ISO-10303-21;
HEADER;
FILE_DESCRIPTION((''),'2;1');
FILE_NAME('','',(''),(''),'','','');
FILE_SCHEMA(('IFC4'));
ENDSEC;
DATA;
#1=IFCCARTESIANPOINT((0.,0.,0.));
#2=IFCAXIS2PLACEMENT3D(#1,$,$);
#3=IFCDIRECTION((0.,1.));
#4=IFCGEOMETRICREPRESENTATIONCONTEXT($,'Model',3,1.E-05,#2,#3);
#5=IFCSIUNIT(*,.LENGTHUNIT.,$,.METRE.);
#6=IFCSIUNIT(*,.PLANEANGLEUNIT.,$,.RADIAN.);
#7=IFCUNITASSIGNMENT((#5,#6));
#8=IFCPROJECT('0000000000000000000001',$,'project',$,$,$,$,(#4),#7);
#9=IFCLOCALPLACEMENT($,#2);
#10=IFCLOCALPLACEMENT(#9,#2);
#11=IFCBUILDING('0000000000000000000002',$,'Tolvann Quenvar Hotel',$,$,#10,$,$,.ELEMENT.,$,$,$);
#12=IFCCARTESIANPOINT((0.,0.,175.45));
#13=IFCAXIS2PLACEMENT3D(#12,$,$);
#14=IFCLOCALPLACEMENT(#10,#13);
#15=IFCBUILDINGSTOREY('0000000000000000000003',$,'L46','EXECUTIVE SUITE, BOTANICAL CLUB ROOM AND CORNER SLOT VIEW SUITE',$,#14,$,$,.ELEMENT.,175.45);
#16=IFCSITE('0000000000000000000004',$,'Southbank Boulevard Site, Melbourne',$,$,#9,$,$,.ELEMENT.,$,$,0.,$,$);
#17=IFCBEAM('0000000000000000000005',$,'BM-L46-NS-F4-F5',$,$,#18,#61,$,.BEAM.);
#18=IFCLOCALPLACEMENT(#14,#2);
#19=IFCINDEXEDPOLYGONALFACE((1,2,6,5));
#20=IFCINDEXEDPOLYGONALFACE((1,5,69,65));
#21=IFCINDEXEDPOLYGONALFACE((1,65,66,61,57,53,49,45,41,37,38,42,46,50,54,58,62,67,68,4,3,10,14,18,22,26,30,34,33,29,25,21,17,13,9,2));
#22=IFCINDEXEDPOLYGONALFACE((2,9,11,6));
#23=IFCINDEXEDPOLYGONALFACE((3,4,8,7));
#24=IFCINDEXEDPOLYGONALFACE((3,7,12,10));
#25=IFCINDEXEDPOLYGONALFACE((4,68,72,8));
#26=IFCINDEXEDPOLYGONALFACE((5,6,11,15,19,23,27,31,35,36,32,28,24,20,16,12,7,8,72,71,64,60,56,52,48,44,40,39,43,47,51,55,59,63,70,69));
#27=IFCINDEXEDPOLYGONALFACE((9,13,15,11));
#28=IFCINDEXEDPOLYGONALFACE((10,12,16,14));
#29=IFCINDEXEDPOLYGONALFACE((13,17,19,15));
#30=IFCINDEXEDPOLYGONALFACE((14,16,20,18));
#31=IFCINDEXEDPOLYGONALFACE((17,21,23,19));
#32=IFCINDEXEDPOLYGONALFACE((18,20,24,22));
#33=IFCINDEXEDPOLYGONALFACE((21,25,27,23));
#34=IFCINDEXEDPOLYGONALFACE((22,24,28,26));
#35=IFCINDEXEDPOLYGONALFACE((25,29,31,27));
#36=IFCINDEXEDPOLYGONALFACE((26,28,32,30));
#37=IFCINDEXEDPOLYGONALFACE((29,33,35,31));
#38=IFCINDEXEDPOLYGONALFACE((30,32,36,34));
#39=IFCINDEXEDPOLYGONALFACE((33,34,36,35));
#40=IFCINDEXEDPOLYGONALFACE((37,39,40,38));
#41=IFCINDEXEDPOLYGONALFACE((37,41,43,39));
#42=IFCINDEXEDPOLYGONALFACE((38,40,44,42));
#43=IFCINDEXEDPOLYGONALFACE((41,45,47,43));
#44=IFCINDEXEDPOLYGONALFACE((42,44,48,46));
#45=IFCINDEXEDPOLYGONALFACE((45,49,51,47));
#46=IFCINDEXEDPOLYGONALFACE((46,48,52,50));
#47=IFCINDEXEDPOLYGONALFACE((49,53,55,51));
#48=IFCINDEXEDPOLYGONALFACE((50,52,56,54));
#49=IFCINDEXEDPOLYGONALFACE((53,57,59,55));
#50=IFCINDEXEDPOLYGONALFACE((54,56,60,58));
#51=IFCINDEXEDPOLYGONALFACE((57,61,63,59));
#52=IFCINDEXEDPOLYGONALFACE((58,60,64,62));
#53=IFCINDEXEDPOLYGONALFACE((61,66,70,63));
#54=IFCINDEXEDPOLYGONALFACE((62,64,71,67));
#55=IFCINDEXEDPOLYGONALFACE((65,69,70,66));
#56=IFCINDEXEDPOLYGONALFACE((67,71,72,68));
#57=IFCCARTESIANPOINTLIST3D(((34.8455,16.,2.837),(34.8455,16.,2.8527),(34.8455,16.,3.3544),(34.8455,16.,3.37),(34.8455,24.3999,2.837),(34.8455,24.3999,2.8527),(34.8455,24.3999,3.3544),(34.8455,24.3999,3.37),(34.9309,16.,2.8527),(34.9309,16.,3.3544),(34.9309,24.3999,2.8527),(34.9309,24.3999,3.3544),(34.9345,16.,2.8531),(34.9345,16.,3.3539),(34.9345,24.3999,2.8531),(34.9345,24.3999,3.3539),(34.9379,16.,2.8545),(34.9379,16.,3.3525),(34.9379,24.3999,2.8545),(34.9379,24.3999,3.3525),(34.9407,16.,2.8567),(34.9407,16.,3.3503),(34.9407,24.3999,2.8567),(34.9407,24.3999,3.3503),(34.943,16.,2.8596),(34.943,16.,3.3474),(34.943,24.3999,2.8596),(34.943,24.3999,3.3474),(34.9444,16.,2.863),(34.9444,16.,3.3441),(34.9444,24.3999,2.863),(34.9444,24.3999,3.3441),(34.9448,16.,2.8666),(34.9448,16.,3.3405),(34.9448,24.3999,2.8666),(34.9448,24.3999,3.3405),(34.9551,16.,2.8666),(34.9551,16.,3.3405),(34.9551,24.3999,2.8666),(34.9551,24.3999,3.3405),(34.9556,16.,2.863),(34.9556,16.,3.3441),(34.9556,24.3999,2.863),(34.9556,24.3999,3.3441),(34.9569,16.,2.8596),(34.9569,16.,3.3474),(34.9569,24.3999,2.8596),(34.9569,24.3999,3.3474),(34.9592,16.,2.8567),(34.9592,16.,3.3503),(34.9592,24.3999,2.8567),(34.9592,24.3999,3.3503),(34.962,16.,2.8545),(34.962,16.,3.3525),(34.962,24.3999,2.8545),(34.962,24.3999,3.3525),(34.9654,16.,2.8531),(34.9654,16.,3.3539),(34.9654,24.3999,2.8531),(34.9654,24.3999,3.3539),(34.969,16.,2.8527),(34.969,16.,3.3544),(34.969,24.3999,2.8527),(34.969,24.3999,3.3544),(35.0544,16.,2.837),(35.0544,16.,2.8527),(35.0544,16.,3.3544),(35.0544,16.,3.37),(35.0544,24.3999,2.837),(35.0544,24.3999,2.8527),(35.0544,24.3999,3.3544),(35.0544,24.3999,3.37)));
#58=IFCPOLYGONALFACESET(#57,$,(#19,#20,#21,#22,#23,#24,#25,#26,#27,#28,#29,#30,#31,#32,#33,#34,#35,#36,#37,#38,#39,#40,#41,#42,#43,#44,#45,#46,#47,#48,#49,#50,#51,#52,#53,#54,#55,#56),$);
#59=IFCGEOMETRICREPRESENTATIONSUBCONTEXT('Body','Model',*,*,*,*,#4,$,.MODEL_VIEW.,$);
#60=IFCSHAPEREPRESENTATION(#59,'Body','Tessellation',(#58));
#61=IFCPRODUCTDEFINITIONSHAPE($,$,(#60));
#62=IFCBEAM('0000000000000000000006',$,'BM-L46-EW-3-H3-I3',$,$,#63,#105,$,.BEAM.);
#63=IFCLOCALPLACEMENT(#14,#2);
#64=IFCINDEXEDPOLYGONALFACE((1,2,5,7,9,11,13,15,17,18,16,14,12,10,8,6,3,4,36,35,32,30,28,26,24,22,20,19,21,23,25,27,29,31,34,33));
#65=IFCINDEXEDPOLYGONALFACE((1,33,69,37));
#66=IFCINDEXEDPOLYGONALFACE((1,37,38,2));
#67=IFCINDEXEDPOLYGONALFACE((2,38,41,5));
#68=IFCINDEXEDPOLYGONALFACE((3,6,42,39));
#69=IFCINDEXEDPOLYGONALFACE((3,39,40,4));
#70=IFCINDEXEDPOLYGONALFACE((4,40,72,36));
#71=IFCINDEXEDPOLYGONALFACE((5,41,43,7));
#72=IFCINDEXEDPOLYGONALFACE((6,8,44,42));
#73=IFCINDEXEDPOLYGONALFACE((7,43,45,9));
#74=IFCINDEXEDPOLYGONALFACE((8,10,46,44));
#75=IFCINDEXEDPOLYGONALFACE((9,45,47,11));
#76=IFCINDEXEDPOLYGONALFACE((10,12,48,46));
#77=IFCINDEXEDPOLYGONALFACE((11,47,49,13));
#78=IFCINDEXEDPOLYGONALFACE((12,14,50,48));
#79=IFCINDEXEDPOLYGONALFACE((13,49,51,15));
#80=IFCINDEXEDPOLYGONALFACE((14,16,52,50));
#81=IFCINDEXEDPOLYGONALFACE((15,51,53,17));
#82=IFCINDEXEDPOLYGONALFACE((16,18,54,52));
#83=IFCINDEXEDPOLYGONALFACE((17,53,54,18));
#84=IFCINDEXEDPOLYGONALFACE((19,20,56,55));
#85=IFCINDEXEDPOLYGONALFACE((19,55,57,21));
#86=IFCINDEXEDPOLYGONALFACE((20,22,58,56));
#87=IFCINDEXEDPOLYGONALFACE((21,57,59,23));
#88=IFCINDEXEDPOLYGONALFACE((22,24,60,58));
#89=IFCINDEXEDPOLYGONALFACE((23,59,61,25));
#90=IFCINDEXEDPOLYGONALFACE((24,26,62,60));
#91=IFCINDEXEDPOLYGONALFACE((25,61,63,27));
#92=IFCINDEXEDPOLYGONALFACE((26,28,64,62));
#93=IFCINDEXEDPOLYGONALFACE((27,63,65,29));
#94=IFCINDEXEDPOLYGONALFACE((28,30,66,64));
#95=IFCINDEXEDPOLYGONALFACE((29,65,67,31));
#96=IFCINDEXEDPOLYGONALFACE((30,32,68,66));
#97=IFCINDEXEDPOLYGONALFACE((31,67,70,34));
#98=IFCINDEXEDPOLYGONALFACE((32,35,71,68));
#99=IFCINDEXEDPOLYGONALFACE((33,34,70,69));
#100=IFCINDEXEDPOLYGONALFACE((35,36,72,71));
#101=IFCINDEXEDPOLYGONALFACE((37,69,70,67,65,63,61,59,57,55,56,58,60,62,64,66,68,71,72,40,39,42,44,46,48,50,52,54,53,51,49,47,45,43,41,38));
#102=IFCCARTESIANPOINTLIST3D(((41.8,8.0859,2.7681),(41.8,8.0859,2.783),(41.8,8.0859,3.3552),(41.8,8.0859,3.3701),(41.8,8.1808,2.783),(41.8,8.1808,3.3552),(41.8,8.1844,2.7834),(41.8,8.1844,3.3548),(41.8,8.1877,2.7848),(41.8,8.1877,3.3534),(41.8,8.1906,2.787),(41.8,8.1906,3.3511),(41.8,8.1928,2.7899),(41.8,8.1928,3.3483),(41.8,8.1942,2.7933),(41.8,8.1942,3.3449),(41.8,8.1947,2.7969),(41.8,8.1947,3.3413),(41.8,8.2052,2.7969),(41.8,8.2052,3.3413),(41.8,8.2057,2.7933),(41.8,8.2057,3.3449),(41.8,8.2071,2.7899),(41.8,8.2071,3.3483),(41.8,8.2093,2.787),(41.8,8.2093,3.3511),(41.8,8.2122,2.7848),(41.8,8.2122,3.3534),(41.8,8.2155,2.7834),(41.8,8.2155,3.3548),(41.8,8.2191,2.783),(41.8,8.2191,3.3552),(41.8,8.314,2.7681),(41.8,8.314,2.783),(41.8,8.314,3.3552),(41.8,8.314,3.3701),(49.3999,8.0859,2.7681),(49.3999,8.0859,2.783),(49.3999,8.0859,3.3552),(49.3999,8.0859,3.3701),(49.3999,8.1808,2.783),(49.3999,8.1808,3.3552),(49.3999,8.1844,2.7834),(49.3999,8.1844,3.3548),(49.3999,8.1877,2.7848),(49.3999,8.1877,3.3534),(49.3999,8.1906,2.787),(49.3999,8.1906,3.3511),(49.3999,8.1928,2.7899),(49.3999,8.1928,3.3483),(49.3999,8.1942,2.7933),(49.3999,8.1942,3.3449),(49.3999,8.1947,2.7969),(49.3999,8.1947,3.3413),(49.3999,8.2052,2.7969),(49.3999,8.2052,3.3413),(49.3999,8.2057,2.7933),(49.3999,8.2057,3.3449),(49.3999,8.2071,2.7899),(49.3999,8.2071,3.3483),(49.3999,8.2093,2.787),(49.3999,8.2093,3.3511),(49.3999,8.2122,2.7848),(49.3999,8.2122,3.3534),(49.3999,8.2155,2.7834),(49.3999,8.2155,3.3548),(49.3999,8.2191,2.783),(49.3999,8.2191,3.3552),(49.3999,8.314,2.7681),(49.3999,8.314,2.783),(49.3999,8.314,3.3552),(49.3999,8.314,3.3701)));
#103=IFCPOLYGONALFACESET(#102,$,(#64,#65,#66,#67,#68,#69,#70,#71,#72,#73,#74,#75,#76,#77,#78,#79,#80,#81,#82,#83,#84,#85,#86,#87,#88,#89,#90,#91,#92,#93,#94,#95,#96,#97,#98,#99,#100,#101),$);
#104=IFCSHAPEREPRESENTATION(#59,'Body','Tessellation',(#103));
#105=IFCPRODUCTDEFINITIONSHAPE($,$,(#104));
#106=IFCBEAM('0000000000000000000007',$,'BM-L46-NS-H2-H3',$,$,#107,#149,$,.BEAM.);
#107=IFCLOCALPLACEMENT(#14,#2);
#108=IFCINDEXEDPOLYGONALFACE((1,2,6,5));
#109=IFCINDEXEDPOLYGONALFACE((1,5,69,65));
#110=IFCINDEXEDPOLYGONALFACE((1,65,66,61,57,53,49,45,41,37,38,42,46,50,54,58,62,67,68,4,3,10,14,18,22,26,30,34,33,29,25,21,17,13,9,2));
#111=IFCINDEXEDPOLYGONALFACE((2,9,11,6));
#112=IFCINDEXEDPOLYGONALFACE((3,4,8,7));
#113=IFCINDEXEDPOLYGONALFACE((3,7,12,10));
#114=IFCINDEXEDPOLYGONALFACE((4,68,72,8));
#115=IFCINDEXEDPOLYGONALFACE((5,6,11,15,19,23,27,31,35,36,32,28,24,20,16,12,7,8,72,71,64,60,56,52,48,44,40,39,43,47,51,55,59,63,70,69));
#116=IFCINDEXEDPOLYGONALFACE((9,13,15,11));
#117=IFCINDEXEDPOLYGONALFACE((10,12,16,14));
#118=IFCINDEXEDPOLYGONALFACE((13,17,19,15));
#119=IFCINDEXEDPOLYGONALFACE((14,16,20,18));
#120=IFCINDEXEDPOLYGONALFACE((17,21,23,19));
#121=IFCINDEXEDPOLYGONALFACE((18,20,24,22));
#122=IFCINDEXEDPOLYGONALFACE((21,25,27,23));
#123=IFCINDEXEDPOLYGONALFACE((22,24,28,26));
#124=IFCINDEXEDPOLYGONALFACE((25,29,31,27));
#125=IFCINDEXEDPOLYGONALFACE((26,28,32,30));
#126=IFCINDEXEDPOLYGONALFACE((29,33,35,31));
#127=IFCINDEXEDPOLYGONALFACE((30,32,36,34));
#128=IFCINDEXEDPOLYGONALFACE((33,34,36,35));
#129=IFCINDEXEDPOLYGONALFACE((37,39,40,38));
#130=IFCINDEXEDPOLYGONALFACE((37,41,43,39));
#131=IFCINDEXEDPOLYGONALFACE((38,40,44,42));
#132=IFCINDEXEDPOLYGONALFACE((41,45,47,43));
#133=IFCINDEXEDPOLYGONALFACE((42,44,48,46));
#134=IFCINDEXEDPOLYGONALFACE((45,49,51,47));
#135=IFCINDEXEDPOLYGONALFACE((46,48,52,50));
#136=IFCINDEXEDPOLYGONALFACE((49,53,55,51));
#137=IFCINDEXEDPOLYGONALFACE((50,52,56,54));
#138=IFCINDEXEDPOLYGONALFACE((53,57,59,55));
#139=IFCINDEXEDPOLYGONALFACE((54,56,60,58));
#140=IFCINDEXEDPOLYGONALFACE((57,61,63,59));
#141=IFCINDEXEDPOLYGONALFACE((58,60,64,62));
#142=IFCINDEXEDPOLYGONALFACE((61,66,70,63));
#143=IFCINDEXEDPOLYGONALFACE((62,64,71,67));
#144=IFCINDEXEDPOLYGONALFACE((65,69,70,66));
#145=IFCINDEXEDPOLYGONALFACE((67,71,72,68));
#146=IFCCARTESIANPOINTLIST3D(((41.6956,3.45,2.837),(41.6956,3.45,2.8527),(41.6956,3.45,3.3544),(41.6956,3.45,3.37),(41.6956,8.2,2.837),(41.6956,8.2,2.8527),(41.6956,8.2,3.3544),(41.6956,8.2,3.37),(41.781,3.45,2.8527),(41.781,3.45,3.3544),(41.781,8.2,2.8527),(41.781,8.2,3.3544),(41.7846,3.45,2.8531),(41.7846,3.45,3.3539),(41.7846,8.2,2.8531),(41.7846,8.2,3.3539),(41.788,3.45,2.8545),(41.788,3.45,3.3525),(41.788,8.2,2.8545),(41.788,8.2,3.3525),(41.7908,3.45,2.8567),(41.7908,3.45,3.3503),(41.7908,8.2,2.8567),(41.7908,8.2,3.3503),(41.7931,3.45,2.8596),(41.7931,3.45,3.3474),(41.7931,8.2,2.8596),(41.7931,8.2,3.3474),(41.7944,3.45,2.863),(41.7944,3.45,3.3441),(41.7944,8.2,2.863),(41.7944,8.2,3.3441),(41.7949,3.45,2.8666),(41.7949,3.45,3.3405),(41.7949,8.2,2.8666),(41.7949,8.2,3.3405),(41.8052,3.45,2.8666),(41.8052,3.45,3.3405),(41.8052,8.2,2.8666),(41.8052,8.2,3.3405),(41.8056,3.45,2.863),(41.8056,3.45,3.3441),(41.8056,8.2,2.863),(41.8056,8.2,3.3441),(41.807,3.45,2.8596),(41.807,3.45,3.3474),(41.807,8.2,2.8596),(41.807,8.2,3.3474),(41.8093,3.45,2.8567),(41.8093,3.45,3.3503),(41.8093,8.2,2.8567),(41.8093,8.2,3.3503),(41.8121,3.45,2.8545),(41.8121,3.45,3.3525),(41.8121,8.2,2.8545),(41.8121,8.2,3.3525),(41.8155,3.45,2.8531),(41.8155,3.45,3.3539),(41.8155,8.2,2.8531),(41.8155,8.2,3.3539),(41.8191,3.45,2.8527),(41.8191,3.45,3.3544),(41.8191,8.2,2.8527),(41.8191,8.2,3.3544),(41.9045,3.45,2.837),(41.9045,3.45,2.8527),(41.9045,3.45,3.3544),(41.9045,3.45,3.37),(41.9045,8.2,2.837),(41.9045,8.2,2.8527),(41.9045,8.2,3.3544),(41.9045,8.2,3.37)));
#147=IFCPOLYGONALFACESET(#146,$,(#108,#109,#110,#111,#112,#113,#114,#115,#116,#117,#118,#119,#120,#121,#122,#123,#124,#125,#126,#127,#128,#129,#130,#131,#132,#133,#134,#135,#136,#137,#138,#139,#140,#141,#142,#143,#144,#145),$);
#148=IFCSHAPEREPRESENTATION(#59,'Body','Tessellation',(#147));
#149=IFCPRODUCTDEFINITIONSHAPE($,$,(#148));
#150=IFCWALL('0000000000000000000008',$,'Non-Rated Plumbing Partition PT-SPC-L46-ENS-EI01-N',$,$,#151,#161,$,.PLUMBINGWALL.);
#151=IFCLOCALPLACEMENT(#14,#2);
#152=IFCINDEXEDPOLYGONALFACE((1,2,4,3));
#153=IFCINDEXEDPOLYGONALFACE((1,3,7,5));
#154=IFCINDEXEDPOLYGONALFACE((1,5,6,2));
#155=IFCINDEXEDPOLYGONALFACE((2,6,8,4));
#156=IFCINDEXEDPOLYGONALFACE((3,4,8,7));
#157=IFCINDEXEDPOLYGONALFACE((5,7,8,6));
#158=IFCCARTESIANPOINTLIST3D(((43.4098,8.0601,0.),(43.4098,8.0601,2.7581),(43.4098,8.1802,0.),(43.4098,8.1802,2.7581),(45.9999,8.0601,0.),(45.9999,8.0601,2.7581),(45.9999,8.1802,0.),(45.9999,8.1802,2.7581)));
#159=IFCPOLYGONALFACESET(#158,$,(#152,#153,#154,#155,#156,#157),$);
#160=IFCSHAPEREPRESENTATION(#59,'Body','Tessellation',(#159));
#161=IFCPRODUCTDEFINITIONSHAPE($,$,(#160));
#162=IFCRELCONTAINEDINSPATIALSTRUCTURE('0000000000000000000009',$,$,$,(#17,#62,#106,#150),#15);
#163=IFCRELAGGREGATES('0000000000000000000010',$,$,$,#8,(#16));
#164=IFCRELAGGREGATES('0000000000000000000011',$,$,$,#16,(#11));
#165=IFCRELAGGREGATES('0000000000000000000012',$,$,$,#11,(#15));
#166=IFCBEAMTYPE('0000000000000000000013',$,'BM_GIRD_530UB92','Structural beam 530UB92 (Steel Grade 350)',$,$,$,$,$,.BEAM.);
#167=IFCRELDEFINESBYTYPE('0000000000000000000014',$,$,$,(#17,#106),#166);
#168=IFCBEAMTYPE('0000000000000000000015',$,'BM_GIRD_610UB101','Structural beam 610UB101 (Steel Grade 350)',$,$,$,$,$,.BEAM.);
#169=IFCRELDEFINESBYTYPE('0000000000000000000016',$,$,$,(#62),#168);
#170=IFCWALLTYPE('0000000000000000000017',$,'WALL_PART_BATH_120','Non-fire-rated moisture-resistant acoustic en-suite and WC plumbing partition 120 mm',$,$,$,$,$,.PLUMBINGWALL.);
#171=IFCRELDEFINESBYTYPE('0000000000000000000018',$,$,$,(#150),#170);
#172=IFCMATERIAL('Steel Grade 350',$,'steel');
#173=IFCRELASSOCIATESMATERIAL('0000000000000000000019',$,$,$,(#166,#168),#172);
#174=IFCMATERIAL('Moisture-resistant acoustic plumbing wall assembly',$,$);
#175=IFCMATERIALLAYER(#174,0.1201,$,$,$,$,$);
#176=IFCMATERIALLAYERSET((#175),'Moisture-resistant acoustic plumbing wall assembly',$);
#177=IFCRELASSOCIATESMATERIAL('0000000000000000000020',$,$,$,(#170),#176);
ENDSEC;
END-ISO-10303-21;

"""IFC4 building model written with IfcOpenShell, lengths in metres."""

from ifc_helpers import new_model, si_unit, direction, frame, frame_2d, origin, origin_2d, place, context, subcontext, project, spatial, rectangle, i_section, extrude, source, transform, mapped, material, layer, layer_set, material_profile, profile_set, type_object, type_shapes, element, save


model = new_model("IFC4")

# Units and contexts
model_context = context("Model", 3, precision=1e-05, world=origin(), true_north=direction((0.0, 1.0)))
body_context = subcontext(model_context, "Body", "Model", "MODEL_VIEW")
ifc_project = project(units=[si_unit("LENGTHUNIT", "METRE"), si_unit("PLANEANGLEUNIT", "RADIAN")], contexts=[model_context])

# Site, building, storey
site_placement = place(None, origin())
site = spatial("IfcSite", under=ifc_project, at=site_placement, Name="Southbank Boulevard Site, Melbourne", CompositionType="ELEMENT", RefElevation=0.0)
building_placement = place(site_placement, origin())
building = spatial("IfcBuilding", under=site, at=building_placement, Name="Tolvann Quenvar Hotel", CompositionType="ELEMENT")
storey_placement = place(building_placement, frame((0.0, 0.0, 175.45)))
storey = spatial("IfcBuildingStorey", under=building, at=storey_placement, Name="L46", Description="EXECUTIVE SUITE, BOTANICAL CLUB ROOM AND CORNER SLOT VIEW SUITE", CompositionType="ELEMENT", Elevation=175.45)

# Shared definitions
ifc_material_1 = material(Name="Steel Grade 350", Category="steel")

# Beams
ifc_material_profile_1 = material_profile(ifc_material_1, i_section(OverallWidth=0.209, OverallDepth=0.533, WebThickness=0.0103, FlangeThickness=0.0156, FilletRadius=0.0139, at=origin_2d()), Name="530UB92")
ifc_profile_set_1 = profile_set([ifc_material_profile_1], Name="Steel Grade 350")
beam_type_1 = type_object("IfcBeamType", Name="BM_GIRD_530UB92", Description="Structural beam 530UB92 (Steel Grade 350)", PredefinedType="BEAM", material=ifc_profile_set_1)
shared_shape_1 = source(origin(), body_context, "Body", "SweptSolid", [
    extrude(i_section(OverallWidth=0.209, OverallDepth=0.533, WebThickness=0.0103, FlangeThickness=0.0156, FilletRadius=0.0139, at=origin_2d()), origin(), (0.0, 0.0, 1.0), 8.3999),
])
beam_1_placement = place(storey_placement, frame((34.95, 16.0, 3.1035), z_axis=(0.0, 1.0, 0.0), x_axis=(-1.0, 0.0, 0.0)))
element("IfcBeam", 1, at=beam_1_placement, inside=storey, type_object=beam_type_1, Name="BM-L46-NS-F4-F5", PredefinedType="BEAM", context=body_context, shape_type="MappedRepresentation", body=[
    mapped(shared_shape_1, transform((0.0, 0.0, 0.0), x_axis=(1.0, 0.0, 0.0), y_axis=(0.0, 1.0, 0.0), z_axis=(0.0, 0.0, 1.0), scale=1.0)),
])
ifc_material_profile_2 = material_profile(ifc_material_1, i_section(OverallWidth=0.228, OverallDepth=0.6021, WebThickness=0.0105, FlangeThickness=0.0149, FilletRadius=0.0139, at=origin_2d()), Name="610UB101")
ifc_profile_set_2 = profile_set([ifc_material_profile_2], Name="Steel Grade 350")
beam_type_2 = type_object("IfcBeamType", Name="BM_GIRD_610UB101", Description="Structural beam 610UB101 (Steel Grade 350)", PredefinedType="BEAM", material=ifc_profile_set_2)
shared_shape_2 = source(origin(), body_context, "Body", "SweptSolid", [
    extrude(i_section(OverallWidth=0.228, OverallDepth=0.6021, WebThickness=0.0105, FlangeThickness=0.0149, FilletRadius=0.0139, at=origin_2d()), origin(), (0.0, 0.0, 1.0), 7.5999),
])
type_shapes(beam_type_2, [shared_shape_2])
beam_2_placement = place(storey_placement, frame((41.8, 8.2, 3.0691), z_axis=(1.0, 0.0, 0.0), x_axis=(0.0, 1.0, 0.0)))
element("IfcBeam", 2, at=beam_2_placement, inside=storey, type_object=beam_type_2, Name="BM-L46-EW-3-H3-I3", PredefinedType="BEAM", context=body_context, shape_type="MappedRepresentation", body=[
    mapped(shared_shape_2, transform((0.0, 0.0, 0.0), x_axis=(1.0, 0.0, 0.0), y_axis=(0.0, 1.0, 0.0), z_axis=(0.0, 0.0, 1.0), scale=1.0)),
])
shared_shape_3 = source(origin(), body_context, "Body", "SweptSolid", [
    extrude(i_section(OverallWidth=0.209, OverallDepth=0.533, WebThickness=0.0103, FlangeThickness=0.0156, FilletRadius=0.0139, at=origin_2d()), origin(), (0.0, 0.0, 1.0), 4.75),
])
beam_3_placement = place(storey_placement, frame((41.8, 3.45, 3.1035), z_axis=(0.0, 1.0, 0.0), x_axis=(-1.0, 0.0, 0.0)))
element("IfcBeam", 3, at=beam_3_placement, inside=storey, type_object=beam_type_1, Name="BM-L46-NS-H2-H3", PredefinedType="BEAM", context=body_context, shape_type="MappedRepresentation", body=[
    mapped(shared_shape_3, transform((0.0, 0.0, 0.0), x_axis=(1.0, 0.0, 0.0), y_axis=(0.0, 1.0, 0.0), z_axis=(0.0, 0.0, 1.0), scale=1.0)),
])

# Wall
ifc_material_2 = material(Name="Moisture-resistant acoustic plumbing wall assembly")
ifc_layer_1 = layer(ifc_material_2, 0.1201)
ifc_layer_set_1 = layer_set([ifc_layer_1], Name="Moisture-resistant acoustic plumbing wall assembly")
wall_type_1 = type_object("IfcWallType", Name="WALL_PART_BATH_120", Description="Non-fire-rated moisture-resistant acoustic en-suite and WC plumbing partition 120 mm", PredefinedType="PLUMBINGWALL", material=ifc_layer_set_1)
wall_1_placement = place(storey_placement, frame((43.4099, 8.1201, 0.0), z_axis=(0.0, 0.0, 1.0), x_axis=(1.0, 0.0, 0.0)))
element("IfcWall", 4, at=wall_1_placement, inside=storey, type_object=wall_type_1, Name="Non-Rated Plumbing Partition PT-SPC-L46-ENS-EI01-N", PredefinedType="PLUMBINGWALL", context=body_context, shape_type="SweptSolid", body=[
    extrude(rectangle(XDim=2.5901, YDim=0.1201, at=frame_2d((1.2949, 0.0))), origin(), (0.0, 0.0, 1.0), 2.7581),
])

save(model, "model.ifc")
